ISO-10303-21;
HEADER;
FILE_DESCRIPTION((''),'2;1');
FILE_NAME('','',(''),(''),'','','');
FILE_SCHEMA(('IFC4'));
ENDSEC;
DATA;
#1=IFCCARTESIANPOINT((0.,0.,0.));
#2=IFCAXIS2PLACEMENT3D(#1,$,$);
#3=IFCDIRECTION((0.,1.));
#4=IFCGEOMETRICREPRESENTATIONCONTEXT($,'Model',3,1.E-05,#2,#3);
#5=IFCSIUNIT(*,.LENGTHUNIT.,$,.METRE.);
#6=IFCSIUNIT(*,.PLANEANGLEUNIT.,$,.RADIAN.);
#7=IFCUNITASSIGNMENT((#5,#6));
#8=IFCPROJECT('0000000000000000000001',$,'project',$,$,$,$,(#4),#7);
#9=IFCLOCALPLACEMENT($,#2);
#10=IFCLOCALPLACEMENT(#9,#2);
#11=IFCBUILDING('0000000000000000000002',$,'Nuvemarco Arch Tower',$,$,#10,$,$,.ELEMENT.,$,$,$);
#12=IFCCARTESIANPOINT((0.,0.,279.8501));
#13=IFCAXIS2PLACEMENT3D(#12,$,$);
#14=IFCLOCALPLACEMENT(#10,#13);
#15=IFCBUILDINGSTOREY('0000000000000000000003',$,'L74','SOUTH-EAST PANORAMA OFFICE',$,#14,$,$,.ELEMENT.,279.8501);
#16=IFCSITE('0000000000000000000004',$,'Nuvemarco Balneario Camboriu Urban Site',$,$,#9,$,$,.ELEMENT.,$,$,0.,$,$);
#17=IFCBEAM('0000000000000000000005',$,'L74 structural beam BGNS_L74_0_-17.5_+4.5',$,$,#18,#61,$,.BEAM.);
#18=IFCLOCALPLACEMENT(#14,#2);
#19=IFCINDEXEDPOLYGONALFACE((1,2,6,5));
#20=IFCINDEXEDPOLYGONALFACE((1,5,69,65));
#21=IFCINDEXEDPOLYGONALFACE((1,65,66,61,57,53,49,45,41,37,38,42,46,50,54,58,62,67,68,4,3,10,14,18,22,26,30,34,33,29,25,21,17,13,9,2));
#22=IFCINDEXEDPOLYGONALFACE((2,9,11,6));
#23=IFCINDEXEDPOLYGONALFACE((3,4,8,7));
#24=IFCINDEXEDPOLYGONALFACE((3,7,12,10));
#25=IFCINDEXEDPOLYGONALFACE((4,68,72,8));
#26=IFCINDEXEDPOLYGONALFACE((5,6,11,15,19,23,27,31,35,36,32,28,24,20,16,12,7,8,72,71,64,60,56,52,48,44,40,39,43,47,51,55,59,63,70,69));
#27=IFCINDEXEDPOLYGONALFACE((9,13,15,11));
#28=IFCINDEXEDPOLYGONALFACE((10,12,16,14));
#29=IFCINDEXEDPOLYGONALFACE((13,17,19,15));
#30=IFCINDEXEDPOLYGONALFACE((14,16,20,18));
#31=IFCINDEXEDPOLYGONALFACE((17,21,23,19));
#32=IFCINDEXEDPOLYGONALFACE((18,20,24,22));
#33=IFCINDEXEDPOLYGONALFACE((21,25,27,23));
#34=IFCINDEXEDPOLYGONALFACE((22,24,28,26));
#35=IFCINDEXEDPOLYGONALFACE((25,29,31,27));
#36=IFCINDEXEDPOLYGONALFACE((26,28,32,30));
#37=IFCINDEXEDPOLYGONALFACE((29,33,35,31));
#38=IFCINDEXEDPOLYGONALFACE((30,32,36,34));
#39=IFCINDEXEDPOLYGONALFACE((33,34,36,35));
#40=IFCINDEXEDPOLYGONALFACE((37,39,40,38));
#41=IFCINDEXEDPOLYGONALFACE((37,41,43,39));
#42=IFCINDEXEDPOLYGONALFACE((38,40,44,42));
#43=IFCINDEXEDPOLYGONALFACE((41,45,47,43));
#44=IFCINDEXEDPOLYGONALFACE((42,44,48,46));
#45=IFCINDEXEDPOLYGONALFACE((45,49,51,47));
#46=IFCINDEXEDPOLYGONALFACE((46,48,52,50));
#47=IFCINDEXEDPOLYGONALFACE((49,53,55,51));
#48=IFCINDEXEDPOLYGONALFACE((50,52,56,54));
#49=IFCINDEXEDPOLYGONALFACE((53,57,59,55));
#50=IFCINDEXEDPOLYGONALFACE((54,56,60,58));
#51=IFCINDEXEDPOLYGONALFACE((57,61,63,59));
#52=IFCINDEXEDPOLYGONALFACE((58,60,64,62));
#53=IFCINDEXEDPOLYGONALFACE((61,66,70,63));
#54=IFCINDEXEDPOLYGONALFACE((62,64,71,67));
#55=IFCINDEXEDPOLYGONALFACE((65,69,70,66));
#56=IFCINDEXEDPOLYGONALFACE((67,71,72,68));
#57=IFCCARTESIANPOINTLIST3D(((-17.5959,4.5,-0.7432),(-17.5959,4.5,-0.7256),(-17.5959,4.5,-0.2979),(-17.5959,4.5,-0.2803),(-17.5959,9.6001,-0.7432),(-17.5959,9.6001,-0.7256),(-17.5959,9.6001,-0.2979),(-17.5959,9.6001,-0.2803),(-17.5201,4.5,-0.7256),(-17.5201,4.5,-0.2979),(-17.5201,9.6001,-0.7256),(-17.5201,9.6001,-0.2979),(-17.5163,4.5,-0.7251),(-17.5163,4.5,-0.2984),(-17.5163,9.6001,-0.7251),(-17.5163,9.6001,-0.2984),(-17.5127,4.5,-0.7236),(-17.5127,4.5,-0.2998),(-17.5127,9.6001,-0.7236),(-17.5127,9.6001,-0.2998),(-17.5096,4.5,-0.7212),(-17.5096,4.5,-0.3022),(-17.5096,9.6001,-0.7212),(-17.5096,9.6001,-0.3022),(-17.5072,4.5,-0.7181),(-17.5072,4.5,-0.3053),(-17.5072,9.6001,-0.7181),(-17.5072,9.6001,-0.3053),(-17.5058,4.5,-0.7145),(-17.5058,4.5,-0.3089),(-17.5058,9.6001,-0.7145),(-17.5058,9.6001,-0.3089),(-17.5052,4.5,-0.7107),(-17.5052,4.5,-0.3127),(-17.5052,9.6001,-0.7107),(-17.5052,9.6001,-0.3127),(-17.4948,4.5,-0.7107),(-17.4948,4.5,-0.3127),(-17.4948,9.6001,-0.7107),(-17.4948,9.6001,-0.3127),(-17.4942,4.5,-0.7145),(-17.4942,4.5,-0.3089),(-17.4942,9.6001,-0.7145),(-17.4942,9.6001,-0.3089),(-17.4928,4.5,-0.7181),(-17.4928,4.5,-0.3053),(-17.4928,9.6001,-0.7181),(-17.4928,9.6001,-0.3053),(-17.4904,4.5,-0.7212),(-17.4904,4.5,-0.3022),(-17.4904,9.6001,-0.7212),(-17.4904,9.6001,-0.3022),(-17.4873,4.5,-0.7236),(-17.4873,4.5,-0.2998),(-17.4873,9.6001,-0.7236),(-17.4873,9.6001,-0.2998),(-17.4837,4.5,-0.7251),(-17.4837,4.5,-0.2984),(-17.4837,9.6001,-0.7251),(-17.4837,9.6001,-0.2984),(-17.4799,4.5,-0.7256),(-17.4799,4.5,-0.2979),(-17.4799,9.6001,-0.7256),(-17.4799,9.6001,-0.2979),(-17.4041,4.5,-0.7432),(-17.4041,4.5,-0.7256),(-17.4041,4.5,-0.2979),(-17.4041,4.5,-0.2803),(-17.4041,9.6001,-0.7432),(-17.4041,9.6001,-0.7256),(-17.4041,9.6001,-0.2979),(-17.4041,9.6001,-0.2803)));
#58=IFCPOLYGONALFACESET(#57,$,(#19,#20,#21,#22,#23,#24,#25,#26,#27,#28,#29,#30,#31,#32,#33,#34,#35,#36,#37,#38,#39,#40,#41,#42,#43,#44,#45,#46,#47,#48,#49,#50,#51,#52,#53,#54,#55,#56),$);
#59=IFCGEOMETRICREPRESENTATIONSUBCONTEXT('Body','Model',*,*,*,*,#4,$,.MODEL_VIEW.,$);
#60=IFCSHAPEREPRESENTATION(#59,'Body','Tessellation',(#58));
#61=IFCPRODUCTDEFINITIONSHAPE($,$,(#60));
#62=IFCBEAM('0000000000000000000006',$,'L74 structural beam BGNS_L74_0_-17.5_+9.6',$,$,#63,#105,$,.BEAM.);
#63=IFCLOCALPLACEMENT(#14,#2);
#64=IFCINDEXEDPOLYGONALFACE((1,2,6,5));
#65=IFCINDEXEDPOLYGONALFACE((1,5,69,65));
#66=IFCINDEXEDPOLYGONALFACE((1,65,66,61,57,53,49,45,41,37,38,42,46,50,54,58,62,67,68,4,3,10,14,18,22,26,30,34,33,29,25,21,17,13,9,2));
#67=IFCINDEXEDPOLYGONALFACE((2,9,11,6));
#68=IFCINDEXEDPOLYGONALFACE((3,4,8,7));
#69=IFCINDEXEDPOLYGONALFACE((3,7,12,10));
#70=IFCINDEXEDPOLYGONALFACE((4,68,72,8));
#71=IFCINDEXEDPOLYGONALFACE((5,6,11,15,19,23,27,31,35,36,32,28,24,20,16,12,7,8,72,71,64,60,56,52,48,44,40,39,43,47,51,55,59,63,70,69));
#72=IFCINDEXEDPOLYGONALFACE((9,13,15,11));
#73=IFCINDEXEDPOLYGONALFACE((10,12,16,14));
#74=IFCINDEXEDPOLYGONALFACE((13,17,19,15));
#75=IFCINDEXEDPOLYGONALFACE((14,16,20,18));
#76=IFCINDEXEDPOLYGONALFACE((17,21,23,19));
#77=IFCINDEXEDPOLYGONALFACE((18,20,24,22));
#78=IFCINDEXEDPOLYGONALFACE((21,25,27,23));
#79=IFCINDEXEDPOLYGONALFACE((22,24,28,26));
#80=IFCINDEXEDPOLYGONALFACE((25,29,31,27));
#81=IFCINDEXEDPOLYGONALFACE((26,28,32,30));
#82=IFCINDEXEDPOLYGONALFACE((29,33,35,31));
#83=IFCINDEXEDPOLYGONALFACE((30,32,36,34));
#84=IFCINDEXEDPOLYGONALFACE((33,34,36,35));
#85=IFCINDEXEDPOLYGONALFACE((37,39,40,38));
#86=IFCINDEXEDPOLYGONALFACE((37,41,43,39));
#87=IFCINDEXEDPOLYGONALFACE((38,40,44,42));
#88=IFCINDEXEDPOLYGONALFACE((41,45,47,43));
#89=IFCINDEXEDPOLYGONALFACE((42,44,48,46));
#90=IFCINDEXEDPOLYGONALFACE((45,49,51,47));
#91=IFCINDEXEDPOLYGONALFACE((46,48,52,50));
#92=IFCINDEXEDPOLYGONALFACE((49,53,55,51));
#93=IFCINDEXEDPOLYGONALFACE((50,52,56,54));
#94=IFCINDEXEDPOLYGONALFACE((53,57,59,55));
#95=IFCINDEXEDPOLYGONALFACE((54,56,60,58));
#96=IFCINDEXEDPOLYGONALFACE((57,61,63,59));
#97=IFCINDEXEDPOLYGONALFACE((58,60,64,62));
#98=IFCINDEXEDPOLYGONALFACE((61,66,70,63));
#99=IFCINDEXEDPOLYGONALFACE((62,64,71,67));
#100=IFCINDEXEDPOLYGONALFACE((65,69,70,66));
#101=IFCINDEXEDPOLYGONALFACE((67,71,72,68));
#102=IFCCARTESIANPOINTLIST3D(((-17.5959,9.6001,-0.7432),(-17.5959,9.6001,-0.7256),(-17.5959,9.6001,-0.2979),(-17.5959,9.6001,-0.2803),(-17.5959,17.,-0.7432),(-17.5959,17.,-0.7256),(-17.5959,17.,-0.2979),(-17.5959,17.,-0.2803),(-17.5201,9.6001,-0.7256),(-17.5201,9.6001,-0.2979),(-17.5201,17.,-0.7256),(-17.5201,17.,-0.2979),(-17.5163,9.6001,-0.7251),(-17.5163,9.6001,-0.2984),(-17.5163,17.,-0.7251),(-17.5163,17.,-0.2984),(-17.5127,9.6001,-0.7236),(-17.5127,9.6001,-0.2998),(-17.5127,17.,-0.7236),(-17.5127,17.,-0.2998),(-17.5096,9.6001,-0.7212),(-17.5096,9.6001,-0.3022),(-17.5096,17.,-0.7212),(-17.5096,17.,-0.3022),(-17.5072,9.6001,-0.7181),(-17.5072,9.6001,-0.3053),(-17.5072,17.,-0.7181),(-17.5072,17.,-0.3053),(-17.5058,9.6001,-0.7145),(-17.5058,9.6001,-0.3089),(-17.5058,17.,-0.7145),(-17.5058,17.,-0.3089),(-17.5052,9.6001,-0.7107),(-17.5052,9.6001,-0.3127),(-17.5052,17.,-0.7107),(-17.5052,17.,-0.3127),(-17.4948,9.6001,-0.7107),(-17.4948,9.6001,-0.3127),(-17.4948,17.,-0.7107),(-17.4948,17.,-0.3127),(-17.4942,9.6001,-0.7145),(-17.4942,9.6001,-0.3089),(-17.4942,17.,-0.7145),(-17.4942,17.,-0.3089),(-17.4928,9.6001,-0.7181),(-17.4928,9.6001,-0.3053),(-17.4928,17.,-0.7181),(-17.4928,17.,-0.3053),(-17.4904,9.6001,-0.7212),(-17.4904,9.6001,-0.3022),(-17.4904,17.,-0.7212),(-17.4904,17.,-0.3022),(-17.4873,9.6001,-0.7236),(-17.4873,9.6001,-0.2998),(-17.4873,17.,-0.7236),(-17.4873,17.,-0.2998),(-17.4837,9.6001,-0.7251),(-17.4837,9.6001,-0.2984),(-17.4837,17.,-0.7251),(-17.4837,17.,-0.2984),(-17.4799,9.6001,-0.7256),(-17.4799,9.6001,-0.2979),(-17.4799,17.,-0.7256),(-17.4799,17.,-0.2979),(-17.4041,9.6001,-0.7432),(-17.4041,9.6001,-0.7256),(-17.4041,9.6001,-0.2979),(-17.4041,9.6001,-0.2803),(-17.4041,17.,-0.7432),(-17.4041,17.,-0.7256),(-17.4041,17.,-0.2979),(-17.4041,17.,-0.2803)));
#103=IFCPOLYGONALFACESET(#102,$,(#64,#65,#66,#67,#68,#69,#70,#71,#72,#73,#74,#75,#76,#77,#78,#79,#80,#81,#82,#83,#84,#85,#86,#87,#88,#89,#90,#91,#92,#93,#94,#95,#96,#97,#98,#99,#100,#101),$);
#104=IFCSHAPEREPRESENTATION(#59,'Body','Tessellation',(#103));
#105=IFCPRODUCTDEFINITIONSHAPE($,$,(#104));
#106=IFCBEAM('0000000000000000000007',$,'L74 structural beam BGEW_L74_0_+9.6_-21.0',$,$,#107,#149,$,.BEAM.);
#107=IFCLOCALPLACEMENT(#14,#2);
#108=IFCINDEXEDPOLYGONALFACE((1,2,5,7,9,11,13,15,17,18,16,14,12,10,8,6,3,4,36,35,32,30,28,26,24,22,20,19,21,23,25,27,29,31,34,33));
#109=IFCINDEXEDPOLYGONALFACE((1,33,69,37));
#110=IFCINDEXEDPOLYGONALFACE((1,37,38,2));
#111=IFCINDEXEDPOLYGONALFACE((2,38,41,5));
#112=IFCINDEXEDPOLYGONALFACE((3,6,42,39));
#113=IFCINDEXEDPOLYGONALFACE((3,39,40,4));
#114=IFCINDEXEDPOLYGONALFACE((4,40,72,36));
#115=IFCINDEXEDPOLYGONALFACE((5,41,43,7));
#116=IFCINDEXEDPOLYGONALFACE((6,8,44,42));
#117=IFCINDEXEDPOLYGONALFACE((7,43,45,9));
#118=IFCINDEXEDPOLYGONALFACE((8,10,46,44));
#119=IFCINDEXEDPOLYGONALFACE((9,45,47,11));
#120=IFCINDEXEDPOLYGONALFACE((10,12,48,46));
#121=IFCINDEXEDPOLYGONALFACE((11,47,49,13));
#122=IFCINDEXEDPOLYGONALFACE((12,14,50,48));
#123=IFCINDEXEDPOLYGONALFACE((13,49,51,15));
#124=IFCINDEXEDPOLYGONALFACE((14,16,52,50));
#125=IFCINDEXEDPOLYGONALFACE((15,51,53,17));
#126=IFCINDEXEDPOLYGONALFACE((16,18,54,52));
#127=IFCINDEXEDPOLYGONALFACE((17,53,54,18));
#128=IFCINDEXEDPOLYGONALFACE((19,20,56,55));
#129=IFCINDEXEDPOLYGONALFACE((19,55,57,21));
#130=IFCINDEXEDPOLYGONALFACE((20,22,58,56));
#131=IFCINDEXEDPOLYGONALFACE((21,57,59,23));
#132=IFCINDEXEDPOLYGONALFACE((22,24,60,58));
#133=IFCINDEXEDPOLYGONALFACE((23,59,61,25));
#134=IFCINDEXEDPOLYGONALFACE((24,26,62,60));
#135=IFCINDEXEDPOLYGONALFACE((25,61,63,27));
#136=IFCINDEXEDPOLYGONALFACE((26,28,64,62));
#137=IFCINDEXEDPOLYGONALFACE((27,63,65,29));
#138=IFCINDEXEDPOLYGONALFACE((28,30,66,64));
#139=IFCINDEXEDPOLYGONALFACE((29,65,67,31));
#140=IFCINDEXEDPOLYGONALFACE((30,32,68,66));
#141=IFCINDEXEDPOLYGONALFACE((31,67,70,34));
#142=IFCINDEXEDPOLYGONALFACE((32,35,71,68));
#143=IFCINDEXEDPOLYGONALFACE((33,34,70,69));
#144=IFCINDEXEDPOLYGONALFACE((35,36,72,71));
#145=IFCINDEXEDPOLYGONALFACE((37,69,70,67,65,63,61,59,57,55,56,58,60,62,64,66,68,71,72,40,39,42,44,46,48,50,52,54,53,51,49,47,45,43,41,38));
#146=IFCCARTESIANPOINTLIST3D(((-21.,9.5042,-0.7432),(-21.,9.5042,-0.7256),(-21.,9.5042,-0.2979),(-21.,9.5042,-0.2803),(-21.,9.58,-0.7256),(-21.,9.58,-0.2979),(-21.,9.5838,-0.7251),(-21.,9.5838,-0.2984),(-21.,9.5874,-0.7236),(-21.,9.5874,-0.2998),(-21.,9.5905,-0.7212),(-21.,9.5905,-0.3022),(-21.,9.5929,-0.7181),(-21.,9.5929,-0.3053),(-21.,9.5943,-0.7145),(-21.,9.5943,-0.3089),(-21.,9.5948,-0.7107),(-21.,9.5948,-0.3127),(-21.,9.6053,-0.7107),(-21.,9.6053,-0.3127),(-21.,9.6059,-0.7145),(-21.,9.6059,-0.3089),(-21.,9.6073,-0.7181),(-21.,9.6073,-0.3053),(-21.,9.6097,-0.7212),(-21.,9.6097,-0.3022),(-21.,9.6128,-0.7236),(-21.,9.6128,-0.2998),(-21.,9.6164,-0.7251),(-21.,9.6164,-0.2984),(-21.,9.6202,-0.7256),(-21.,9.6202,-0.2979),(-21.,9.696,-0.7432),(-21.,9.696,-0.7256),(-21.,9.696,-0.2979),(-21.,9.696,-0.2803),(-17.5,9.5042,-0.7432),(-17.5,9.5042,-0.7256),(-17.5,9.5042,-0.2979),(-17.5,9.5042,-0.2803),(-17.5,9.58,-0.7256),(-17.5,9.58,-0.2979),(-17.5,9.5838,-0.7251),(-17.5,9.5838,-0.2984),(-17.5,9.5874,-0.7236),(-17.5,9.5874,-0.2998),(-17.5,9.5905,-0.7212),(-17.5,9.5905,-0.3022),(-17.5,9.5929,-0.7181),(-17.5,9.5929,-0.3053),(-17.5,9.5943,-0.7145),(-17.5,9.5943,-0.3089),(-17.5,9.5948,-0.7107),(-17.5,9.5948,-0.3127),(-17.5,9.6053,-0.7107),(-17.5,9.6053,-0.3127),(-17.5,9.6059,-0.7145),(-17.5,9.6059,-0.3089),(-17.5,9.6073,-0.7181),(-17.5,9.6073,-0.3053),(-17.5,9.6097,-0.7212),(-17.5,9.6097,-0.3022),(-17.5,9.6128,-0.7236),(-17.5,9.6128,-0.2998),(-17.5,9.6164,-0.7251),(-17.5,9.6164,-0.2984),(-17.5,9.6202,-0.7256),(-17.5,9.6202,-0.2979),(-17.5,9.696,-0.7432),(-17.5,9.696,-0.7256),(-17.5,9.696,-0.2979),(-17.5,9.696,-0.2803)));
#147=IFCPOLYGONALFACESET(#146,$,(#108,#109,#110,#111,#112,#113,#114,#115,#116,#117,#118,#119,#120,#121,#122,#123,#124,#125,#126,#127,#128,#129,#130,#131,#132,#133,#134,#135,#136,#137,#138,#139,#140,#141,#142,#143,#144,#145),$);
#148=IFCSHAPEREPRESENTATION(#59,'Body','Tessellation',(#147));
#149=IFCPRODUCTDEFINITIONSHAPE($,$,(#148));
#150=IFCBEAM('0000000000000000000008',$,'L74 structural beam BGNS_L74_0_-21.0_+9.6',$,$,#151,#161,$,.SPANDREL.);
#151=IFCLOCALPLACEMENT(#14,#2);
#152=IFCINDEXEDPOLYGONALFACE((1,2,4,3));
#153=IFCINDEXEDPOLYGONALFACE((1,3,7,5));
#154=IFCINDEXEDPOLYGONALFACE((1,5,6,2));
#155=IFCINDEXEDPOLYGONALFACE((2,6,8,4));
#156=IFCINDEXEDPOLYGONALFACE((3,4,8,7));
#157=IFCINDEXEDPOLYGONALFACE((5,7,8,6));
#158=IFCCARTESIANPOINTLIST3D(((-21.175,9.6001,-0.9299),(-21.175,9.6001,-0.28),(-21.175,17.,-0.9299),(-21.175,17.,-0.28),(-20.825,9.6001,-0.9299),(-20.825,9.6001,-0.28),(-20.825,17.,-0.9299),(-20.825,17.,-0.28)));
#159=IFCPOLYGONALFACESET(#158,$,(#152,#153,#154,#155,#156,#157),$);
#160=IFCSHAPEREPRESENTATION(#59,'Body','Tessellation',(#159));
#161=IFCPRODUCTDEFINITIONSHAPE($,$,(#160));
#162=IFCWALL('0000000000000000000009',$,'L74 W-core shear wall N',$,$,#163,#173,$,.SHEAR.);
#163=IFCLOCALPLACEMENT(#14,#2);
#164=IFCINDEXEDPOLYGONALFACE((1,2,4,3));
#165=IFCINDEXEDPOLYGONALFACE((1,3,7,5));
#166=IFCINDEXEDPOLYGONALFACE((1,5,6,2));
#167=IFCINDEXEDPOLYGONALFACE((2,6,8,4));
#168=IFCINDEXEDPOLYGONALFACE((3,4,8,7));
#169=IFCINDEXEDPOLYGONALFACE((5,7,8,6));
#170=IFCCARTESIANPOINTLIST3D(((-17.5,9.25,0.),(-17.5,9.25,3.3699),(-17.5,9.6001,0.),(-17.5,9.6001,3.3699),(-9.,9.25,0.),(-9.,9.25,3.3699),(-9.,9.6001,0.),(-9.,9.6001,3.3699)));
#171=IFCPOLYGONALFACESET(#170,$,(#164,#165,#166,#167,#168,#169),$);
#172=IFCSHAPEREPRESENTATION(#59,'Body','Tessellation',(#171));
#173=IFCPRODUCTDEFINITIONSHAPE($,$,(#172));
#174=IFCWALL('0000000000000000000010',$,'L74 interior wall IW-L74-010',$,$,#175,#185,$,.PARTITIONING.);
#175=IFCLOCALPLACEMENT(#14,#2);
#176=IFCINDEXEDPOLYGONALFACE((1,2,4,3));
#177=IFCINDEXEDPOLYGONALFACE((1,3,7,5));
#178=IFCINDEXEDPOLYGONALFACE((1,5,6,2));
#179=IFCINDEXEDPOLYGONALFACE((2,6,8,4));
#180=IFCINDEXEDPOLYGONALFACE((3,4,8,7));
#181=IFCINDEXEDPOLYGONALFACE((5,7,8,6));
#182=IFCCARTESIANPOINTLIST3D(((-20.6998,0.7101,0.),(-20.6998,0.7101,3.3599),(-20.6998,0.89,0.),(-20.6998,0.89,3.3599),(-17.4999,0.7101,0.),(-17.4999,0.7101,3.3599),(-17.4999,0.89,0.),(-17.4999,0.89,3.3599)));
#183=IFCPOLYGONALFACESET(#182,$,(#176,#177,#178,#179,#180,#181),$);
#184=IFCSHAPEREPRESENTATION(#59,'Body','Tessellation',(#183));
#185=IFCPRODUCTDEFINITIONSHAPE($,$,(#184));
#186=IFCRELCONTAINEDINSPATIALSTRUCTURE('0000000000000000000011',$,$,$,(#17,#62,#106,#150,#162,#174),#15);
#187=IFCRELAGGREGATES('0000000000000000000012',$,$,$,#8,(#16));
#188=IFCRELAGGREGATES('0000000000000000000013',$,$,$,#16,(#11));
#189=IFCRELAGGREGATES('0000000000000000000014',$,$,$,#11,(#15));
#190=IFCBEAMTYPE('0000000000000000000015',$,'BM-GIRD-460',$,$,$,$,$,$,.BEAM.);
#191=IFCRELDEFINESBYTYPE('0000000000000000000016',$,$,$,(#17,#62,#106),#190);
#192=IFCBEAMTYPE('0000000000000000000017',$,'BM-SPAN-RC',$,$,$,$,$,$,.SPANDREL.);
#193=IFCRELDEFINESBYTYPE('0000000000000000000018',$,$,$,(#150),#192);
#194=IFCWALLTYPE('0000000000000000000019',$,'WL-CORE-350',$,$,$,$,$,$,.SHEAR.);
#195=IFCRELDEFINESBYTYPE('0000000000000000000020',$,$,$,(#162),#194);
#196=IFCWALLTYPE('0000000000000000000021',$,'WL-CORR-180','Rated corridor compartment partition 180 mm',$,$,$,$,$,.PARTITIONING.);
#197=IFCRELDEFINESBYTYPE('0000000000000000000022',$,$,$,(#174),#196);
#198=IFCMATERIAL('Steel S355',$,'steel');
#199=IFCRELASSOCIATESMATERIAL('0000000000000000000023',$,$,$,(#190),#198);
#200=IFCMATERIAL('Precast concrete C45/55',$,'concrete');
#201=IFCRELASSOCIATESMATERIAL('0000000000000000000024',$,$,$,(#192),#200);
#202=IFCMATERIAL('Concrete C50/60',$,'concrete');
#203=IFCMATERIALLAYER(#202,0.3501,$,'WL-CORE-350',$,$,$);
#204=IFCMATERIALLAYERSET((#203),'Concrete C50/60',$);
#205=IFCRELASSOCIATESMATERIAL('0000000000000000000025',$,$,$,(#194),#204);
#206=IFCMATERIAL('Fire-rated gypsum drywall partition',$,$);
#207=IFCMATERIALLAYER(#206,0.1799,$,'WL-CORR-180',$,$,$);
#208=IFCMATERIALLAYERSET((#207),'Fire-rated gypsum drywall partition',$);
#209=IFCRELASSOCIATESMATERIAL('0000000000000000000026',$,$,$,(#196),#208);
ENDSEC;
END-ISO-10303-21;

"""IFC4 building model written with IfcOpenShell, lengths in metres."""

from ifc_helpers import new_model, si_unit, direction, frame, frame_2d, origin, origin_2d, place, context, subcontext, project, spatial, rectangle, i_section, extrude, material, layer, layer_set, material_profile, profile_set, type_object, element, save


model = new_model("IFC4")

# Units and contexts
model_context = context("Model", 3, precision=1e-05, world=origin(), true_north=direction((0.0, 1.0)))
body_context = subcontext(model_context, "Body", "Model", "MODEL_VIEW")
ifc_project = project(units=[si_unit("LENGTHUNIT", "METRE"), si_unit("PLANEANGLEUNIT", "RADIAN")], contexts=[model_context])

# Site, building, storey
site_placement = place(None, origin())
site = spatial("IfcSite", under=ifc_project, at=site_placement, Name="Nuvemarco Balneario Camboriu Urban Site", CompositionType="ELEMENT", RefElevation=0.0)
building_placement = place(site_placement, origin())
building = spatial("IfcBuilding", under=site, at=building_placement, Name="Nuvemarco Arch Tower", CompositionType="ELEMENT")
storey_placement = place(building_placement, frame((0.0, 0.0, 279.8501)))
storey = spatial("IfcBuildingStorey", under=building, at=storey_placement, Name="L74", Description="SOUTH-EAST PANORAMA OFFICE", CompositionType="ELEMENT", Elevation=279.8501)

# Shared definitions
ifc_material_1 = material(Name="Concrete C50/60", Category="concrete")
ifc_material_2 = material(Name="Steel S355", Category="steel")

# Beams
ifc_material_profile_1 = material_profile(ifc_material_2, i_section(OverallWidth=0.1919, OverallDepth=0.4629, WebThickness=0.0105, FlangeThickness=0.0176, FilletRadius=0.0149, at=origin_2d()), Name="W460x89")
ifc_profile_set_1 = profile_set([ifc_material_profile_1], Name="Steel S355")
beam_type_1 = type_object("IfcBeamType", Name="BM-GIRD-460", PredefinedType="BEAM", material=ifc_profile_set_1)
beam_1_placement = place(storey_placement, frame((-17.5, 4.5, -0.5117), z_axis=(0.0, 1.0, 0.0), x_axis=(-1.0, 0.0, 0.0)))
element("IfcBeam", 1, at=beam_1_placement, inside=storey, type_object=beam_type_1, Name="L74 structural beam BGNS_L74_0_-17.5_+4.5", PredefinedType="BEAM", context=body_context, shape_type="SweptSolid", body=[
    extrude(i_section(OverallWidth=0.1919, OverallDepth=0.4629, WebThickness=0.0105, FlangeThickness=0.0176, FilletRadius=0.0149, at=origin_2d()), origin(), (0.0, 0.0, 1.0), 5.1001),
])
beam_2_placement = place(storey_placement, frame((-17.5, 9.6001, -0.5117), z_axis=(0.0, 1.0, 0.0), x_axis=(-1.0, 0.0, 0.0)))
element("IfcBeam", 2, at=beam_2_placement, inside=storey, type_object=beam_type_1, Name="L74 structural beam BGNS_L74_0_-17.5_+9.6", PredefinedType="BEAM", context=body_context, shape_type="SweptSolid", body=[
    extrude(i_section(OverallWidth=0.1919, OverallDepth=0.4629, WebThickness=0.0105, FlangeThickness=0.0176, FilletRadius=0.0149, at=origin_2d()), origin(), (0.0, 0.0, 1.0), 7.3999),
])
beam_3_placement = place(storey_placement, frame((-21.0, 9.6001, -0.5117), z_axis=(1.0, 0.0, 0.0), x_axis=(0.0, 1.0, 0.0)))
element("IfcBeam", 3, at=beam_3_placement, inside=storey, type_object=beam_type_1, Name="L74 structural beam BGEW_L74_0_+9.6_-21.0", PredefinedType="BEAM", context=body_context, shape_type="SweptSolid", body=[
    extrude(i_section(OverallWidth=0.1919, OverallDepth=0.4629, WebThickness=0.0105, FlangeThickness=0.0176, FilletRadius=0.0149, at=origin_2d()), origin(), (0.0, 0.0, 1.0), 3.5),
])
ifc_material_3 = material(Name="Precast concrete C45/55", Category="concrete")
ifc_material_profile_2 = material_profile(ifc_material_3, rectangle(XDim=0.3501, YDim=0.6499, at=origin_2d()), Name="PC-SP-350x650")
ifc_profile_set_2 = profile_set([ifc_material_profile_2], Name="Precast concrete C45/55")
beam_type_2 = type_object("IfcBeamType", Name="BM-SPAN-RC", PredefinedType="SPANDREL", material=ifc_profile_set_2)
beam_4_placement = place(storey_placement, frame((-21.0, 9.6001, -0.605), z_axis=(0.0, 1.0, 0.0), x_axis=(-1.0, 0.0, 0.0)))
element("IfcBeam", 4, at=beam_4_placement, inside=storey, type_object=beam_type_2, Name="L74 structural beam BGNS_L74_0_-21.0_+9.6", PredefinedType="SPANDREL", context=body_context, shape_type="SweptSolid", body=[
    extrude(rectangle(XDim=0.3501, YDim=0.6499, at=origin_2d()), origin(), (0.0, 0.0, 1.0), 7.3999),
])

# Walls
ifc_layer_1 = layer(ifc_material_1, 0.3501, Name="WL-CORE-350")
ifc_layer_set_1 = layer_set([ifc_layer_1], Name="Concrete C50/60")
wall_type_1 = type_object("IfcWallType", Name="WL-CORE-350", PredefinedType="SHEAR", material=ifc_layer_set_1)
wall_1_placement = place(storey_placement, frame((-17.5, 9.425, 0.0), z_axis=(0.0, 0.0, 1.0), x_axis=(1.0, 0.0, 0.0)))
element("IfcWall", 5, at=wall_1_placement, inside=storey, type_object=wall_type_1, Name="L74 W-core shear wall N", PredefinedType="SHEAR", context=body_context, shape_type="SweptSolid", body=[
    extrude(rectangle(XDim=8.5, YDim=0.3501, at=frame_2d((4.25, 0.0))), origin(), (0.0, 0.0, 1.0), 3.3699),
])
ifc_material_4 = material(Name="Fire-rated gypsum drywall partition")
ifc_layer_2 = layer(ifc_material_4, 0.1799, Name="WL-CORR-180")
ifc_layer_set_2 = layer_set([ifc_layer_2], Name="Fire-rated gypsum drywall partition")
wall_type_2 = type_object("IfcWallType", Name="WL-CORR-180", Description="Rated corridor compartment partition 180 mm", PredefinedType="PARTITIONING", material=ifc_layer_set_2)
wall_2_placement = place(storey_placement, frame((-20.7, 0.8, 0.0), z_axis=(0.0, 0.0, 1.0), x_axis=(1.0, 0.0, 0.0)))
element("IfcWall", 6, at=wall_2_placement, inside=storey, type_object=wall_type_2, Name="L74 interior wall IW-L74-010", PredefinedType="PARTITIONING", context=body_context, shape_type="SweptSolid", body=[
    extrude(rectangle(XDim=3.2, YDim=0.1799, at=frame_2d((1.6001, 0.0))), origin(), (0.0, 0.0, 1.0), 3.3599),
])

save(model, "model.ifc")
